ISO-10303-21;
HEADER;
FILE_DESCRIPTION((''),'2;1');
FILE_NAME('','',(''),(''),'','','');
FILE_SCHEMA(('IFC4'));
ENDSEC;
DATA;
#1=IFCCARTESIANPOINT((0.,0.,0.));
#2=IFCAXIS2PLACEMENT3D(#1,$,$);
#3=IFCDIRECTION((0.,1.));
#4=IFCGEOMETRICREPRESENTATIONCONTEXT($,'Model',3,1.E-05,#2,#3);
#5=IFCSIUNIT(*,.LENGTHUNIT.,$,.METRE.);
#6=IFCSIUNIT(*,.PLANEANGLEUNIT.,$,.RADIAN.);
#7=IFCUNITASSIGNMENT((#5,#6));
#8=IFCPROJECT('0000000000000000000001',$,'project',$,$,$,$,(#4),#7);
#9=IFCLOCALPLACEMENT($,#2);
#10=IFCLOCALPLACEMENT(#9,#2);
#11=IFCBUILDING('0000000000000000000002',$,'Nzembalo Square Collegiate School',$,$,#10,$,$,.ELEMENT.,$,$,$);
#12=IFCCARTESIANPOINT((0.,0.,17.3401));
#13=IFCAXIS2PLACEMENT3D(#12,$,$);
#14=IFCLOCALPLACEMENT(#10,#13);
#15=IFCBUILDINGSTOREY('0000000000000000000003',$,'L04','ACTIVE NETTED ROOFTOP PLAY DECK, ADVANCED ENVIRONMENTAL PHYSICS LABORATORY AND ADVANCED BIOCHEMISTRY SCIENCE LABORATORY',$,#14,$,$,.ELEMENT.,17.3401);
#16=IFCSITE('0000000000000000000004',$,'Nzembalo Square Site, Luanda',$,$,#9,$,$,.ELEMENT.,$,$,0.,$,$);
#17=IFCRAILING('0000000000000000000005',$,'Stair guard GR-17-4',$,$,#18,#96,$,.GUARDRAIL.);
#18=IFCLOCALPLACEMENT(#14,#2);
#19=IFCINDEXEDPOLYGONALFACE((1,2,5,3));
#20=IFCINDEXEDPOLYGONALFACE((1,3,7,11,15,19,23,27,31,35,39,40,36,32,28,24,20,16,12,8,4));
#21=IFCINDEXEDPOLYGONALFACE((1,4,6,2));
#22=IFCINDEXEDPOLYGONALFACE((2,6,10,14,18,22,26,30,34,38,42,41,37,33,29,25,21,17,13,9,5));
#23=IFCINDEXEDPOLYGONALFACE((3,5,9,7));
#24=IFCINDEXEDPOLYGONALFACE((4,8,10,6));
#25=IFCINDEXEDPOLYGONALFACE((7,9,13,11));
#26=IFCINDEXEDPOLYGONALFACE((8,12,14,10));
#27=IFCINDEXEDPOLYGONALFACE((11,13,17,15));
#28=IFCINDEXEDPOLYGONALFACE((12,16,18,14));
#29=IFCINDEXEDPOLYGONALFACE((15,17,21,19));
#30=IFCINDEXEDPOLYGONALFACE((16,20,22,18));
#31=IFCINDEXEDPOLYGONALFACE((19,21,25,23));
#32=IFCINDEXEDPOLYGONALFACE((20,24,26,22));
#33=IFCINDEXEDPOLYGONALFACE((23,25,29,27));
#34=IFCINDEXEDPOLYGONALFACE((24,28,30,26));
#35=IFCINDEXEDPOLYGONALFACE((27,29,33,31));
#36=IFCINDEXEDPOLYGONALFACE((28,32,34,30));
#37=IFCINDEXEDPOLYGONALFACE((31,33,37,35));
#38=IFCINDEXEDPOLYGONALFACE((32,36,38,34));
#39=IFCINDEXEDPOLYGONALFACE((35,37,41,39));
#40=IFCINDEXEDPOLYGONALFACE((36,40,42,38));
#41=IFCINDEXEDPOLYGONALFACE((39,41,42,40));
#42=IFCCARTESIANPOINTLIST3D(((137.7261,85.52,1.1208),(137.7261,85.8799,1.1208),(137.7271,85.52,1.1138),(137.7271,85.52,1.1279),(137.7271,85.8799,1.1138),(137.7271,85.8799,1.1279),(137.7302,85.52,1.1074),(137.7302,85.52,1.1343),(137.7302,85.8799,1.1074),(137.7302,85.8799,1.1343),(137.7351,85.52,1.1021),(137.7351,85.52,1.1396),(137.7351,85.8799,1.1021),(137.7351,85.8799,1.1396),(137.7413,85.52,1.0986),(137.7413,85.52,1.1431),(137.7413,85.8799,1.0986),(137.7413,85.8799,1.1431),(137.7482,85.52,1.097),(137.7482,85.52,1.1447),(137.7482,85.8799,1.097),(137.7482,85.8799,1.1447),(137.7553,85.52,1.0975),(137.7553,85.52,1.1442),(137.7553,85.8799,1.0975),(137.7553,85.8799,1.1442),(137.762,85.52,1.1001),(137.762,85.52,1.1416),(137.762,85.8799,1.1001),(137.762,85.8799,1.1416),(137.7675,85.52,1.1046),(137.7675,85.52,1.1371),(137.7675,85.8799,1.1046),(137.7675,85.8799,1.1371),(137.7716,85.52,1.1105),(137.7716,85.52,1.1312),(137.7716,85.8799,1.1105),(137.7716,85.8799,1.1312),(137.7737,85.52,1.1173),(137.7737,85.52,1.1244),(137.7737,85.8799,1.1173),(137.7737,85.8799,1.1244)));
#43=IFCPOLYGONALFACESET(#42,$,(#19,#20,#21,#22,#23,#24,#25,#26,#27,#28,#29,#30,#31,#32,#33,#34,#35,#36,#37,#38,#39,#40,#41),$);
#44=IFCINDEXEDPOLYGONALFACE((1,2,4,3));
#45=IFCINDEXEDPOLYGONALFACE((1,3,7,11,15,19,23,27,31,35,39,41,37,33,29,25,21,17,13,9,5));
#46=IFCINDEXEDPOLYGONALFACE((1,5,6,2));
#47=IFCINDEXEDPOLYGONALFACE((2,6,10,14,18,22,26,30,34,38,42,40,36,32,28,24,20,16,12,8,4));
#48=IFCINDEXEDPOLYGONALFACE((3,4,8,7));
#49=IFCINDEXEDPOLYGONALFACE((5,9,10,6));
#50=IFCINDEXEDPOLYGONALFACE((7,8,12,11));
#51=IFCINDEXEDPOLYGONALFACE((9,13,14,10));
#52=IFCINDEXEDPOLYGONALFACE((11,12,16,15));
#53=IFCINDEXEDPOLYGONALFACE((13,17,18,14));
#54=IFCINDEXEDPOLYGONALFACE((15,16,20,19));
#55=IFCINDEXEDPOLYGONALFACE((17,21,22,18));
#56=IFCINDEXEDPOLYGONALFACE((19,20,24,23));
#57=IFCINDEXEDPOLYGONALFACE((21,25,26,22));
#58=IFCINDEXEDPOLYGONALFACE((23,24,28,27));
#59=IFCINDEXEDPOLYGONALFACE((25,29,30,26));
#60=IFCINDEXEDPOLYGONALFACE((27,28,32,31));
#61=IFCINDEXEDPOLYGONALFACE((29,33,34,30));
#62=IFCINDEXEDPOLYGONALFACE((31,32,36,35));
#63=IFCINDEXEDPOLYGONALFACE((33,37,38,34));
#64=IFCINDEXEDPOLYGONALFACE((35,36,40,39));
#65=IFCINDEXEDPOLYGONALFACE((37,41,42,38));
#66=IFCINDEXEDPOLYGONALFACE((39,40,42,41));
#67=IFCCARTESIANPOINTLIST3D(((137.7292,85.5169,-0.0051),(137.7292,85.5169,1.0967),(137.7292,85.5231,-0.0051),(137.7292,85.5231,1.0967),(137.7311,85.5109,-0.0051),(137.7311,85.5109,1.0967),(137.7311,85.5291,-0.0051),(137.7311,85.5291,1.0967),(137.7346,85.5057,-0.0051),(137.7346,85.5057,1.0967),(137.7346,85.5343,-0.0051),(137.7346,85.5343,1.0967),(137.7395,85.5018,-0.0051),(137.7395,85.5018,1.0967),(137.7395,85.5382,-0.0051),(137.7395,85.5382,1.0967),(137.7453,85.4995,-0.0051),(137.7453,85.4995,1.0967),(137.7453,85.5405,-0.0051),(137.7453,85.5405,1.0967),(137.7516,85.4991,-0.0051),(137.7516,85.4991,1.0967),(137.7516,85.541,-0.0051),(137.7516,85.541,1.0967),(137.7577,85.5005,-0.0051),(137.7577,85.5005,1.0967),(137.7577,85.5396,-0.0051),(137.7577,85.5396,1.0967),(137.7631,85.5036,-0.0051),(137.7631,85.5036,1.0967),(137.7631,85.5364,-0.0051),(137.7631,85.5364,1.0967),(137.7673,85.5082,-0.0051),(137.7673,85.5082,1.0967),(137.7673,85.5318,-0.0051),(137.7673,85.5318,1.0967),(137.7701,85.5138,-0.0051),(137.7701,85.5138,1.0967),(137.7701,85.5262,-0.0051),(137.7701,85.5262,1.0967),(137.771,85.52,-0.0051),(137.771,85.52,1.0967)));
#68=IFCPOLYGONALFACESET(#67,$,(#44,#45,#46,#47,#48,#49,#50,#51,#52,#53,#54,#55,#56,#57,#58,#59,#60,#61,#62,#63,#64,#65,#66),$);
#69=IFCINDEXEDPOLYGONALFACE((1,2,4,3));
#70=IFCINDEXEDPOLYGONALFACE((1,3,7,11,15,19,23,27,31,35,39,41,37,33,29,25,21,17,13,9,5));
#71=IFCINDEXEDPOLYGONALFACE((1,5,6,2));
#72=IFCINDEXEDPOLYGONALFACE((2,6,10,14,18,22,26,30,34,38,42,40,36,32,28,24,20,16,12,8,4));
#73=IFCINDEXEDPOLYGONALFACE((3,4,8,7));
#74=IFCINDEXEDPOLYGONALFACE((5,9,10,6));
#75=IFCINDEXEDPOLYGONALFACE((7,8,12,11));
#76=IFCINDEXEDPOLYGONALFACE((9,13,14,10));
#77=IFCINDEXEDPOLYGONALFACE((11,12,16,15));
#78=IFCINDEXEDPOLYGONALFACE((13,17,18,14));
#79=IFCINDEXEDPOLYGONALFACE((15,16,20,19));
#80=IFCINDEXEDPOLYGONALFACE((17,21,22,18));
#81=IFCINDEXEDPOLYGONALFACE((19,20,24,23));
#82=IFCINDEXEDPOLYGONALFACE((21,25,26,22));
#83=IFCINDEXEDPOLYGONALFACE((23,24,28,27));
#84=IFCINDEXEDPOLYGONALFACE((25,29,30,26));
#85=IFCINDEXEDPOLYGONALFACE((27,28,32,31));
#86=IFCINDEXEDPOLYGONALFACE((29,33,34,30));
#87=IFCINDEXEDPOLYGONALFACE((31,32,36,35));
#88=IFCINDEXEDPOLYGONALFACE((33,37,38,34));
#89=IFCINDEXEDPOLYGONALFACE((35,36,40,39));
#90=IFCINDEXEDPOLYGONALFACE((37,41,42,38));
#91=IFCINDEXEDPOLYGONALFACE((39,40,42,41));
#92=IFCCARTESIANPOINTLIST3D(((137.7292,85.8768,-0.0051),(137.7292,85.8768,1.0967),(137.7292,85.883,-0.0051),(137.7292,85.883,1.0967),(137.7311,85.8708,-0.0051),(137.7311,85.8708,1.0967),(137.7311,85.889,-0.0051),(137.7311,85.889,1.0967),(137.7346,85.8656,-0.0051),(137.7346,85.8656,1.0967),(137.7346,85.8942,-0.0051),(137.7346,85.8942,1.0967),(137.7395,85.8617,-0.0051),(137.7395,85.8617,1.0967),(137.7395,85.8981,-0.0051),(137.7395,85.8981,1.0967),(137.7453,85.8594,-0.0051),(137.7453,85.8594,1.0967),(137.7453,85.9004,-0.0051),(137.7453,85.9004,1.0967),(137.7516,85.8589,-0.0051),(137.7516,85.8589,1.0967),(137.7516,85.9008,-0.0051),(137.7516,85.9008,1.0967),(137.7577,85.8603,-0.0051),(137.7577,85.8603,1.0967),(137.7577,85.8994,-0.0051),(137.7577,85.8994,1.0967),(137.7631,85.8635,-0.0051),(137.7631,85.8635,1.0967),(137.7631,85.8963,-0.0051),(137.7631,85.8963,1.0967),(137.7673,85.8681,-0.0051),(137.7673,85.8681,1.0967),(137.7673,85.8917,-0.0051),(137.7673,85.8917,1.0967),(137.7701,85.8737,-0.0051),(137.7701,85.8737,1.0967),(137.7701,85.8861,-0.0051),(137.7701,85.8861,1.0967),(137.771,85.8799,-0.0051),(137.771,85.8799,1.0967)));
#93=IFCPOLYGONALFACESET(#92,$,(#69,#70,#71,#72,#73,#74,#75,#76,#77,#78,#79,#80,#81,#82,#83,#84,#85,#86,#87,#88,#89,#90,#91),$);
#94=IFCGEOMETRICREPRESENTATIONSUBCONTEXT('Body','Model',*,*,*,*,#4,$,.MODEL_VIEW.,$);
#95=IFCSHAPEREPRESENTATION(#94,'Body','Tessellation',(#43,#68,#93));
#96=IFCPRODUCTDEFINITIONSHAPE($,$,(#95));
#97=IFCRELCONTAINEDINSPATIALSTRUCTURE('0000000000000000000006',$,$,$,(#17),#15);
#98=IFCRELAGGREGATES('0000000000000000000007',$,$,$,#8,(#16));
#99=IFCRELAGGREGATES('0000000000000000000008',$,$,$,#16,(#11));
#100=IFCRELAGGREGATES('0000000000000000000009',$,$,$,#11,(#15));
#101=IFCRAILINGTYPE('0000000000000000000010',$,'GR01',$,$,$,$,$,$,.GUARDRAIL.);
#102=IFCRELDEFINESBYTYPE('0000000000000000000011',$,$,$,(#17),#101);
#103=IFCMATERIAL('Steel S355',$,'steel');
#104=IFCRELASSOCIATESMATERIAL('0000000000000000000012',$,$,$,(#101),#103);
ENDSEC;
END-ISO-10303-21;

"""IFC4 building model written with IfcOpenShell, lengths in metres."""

from ifc_helpers import new_model, si_unit, direction, frame, origin, origin_2d, place, context, subcontext, project, spatial, circle, extrude, material, type_object, element, save


model = new_model("IFC4")

# Units and contexts
model_context = context("Model", 3, precision=1e-05, world=origin(), true_north=direction((0.0, 1.0)))
body_context = subcontext(model_context, "Body", "Model", "MODEL_VIEW")
ifc_project = project(units=[si_unit("LENGTHUNIT", "METRE"), si_unit("PLANEANGLEUNIT", "RADIAN")], contexts=[model_context])

# Site, building, storey
site_placement = place(None, origin())
site = spatial("IfcSite", under=ifc_project, at=site_placement, Name="Nzembalo Square Site, Luanda", CompositionType="ELEMENT", RefElevation=0.0)
building_placement = place(site_placement, origin())
building = spatial("IfcBuilding", under=site, at=building_placement, Name="Nzembalo Square Collegiate School", CompositionType="ELEMENT")
storey_placement = place(building_placement, frame((0.0, 0.0, 17.3401)))
storey = spatial("IfcBuildingStorey", under=building, at=storey_placement, Name="L04", Description="ACTIVE NETTED ROOFTOP PLAY DECK, ADVANCED ENVIRONMENTAL PHYSICS LABORATORY AND ADVANCED BIOCHEMISTRY SCIENCE LABORATORY", CompositionType="ELEMENT", Elevation=17.3401)

# Railing
ifc_material_1 = material(Name="Steel S355", Category="steel")
railing_type_1 = type_object("IfcRailingType", Name="GR01", PredefinedType="GUARDRAIL", material=ifc_material_1)
railing_1_placement = place(storey_placement, frame((137.75, 85.52, -0.0051)))
element("IfcRailing", 1, at=railing_1_placement, inside=storey, type_object=railing_type_1, Name="Stair guard GR-17-4", PredefinedType="GUARDRAIL", context=body_context, shape_type="SweptSolid", body=[
    extrude(circle(Radius=0.0239, at=origin_2d()), frame((0.0, 0.0, 1.126), z_axis=(0.0, 1.0, 0.0), x_axis=(-1.0, 0.0, 0.0)), (0.0, 0.0, 1.0), 0.3599),
    extrude(circle(Radius=0.021, at=origin_2d()), origin(), (0.0, 0.0, 1.0), 1.1018),
    extrude(circle(Radius=0.021, at=origin_2d()), frame((0.0, 0.3599, 0.0)), (0.0, 0.0, 1.0), 1.1018),
])

save(model, "model.ifc")
